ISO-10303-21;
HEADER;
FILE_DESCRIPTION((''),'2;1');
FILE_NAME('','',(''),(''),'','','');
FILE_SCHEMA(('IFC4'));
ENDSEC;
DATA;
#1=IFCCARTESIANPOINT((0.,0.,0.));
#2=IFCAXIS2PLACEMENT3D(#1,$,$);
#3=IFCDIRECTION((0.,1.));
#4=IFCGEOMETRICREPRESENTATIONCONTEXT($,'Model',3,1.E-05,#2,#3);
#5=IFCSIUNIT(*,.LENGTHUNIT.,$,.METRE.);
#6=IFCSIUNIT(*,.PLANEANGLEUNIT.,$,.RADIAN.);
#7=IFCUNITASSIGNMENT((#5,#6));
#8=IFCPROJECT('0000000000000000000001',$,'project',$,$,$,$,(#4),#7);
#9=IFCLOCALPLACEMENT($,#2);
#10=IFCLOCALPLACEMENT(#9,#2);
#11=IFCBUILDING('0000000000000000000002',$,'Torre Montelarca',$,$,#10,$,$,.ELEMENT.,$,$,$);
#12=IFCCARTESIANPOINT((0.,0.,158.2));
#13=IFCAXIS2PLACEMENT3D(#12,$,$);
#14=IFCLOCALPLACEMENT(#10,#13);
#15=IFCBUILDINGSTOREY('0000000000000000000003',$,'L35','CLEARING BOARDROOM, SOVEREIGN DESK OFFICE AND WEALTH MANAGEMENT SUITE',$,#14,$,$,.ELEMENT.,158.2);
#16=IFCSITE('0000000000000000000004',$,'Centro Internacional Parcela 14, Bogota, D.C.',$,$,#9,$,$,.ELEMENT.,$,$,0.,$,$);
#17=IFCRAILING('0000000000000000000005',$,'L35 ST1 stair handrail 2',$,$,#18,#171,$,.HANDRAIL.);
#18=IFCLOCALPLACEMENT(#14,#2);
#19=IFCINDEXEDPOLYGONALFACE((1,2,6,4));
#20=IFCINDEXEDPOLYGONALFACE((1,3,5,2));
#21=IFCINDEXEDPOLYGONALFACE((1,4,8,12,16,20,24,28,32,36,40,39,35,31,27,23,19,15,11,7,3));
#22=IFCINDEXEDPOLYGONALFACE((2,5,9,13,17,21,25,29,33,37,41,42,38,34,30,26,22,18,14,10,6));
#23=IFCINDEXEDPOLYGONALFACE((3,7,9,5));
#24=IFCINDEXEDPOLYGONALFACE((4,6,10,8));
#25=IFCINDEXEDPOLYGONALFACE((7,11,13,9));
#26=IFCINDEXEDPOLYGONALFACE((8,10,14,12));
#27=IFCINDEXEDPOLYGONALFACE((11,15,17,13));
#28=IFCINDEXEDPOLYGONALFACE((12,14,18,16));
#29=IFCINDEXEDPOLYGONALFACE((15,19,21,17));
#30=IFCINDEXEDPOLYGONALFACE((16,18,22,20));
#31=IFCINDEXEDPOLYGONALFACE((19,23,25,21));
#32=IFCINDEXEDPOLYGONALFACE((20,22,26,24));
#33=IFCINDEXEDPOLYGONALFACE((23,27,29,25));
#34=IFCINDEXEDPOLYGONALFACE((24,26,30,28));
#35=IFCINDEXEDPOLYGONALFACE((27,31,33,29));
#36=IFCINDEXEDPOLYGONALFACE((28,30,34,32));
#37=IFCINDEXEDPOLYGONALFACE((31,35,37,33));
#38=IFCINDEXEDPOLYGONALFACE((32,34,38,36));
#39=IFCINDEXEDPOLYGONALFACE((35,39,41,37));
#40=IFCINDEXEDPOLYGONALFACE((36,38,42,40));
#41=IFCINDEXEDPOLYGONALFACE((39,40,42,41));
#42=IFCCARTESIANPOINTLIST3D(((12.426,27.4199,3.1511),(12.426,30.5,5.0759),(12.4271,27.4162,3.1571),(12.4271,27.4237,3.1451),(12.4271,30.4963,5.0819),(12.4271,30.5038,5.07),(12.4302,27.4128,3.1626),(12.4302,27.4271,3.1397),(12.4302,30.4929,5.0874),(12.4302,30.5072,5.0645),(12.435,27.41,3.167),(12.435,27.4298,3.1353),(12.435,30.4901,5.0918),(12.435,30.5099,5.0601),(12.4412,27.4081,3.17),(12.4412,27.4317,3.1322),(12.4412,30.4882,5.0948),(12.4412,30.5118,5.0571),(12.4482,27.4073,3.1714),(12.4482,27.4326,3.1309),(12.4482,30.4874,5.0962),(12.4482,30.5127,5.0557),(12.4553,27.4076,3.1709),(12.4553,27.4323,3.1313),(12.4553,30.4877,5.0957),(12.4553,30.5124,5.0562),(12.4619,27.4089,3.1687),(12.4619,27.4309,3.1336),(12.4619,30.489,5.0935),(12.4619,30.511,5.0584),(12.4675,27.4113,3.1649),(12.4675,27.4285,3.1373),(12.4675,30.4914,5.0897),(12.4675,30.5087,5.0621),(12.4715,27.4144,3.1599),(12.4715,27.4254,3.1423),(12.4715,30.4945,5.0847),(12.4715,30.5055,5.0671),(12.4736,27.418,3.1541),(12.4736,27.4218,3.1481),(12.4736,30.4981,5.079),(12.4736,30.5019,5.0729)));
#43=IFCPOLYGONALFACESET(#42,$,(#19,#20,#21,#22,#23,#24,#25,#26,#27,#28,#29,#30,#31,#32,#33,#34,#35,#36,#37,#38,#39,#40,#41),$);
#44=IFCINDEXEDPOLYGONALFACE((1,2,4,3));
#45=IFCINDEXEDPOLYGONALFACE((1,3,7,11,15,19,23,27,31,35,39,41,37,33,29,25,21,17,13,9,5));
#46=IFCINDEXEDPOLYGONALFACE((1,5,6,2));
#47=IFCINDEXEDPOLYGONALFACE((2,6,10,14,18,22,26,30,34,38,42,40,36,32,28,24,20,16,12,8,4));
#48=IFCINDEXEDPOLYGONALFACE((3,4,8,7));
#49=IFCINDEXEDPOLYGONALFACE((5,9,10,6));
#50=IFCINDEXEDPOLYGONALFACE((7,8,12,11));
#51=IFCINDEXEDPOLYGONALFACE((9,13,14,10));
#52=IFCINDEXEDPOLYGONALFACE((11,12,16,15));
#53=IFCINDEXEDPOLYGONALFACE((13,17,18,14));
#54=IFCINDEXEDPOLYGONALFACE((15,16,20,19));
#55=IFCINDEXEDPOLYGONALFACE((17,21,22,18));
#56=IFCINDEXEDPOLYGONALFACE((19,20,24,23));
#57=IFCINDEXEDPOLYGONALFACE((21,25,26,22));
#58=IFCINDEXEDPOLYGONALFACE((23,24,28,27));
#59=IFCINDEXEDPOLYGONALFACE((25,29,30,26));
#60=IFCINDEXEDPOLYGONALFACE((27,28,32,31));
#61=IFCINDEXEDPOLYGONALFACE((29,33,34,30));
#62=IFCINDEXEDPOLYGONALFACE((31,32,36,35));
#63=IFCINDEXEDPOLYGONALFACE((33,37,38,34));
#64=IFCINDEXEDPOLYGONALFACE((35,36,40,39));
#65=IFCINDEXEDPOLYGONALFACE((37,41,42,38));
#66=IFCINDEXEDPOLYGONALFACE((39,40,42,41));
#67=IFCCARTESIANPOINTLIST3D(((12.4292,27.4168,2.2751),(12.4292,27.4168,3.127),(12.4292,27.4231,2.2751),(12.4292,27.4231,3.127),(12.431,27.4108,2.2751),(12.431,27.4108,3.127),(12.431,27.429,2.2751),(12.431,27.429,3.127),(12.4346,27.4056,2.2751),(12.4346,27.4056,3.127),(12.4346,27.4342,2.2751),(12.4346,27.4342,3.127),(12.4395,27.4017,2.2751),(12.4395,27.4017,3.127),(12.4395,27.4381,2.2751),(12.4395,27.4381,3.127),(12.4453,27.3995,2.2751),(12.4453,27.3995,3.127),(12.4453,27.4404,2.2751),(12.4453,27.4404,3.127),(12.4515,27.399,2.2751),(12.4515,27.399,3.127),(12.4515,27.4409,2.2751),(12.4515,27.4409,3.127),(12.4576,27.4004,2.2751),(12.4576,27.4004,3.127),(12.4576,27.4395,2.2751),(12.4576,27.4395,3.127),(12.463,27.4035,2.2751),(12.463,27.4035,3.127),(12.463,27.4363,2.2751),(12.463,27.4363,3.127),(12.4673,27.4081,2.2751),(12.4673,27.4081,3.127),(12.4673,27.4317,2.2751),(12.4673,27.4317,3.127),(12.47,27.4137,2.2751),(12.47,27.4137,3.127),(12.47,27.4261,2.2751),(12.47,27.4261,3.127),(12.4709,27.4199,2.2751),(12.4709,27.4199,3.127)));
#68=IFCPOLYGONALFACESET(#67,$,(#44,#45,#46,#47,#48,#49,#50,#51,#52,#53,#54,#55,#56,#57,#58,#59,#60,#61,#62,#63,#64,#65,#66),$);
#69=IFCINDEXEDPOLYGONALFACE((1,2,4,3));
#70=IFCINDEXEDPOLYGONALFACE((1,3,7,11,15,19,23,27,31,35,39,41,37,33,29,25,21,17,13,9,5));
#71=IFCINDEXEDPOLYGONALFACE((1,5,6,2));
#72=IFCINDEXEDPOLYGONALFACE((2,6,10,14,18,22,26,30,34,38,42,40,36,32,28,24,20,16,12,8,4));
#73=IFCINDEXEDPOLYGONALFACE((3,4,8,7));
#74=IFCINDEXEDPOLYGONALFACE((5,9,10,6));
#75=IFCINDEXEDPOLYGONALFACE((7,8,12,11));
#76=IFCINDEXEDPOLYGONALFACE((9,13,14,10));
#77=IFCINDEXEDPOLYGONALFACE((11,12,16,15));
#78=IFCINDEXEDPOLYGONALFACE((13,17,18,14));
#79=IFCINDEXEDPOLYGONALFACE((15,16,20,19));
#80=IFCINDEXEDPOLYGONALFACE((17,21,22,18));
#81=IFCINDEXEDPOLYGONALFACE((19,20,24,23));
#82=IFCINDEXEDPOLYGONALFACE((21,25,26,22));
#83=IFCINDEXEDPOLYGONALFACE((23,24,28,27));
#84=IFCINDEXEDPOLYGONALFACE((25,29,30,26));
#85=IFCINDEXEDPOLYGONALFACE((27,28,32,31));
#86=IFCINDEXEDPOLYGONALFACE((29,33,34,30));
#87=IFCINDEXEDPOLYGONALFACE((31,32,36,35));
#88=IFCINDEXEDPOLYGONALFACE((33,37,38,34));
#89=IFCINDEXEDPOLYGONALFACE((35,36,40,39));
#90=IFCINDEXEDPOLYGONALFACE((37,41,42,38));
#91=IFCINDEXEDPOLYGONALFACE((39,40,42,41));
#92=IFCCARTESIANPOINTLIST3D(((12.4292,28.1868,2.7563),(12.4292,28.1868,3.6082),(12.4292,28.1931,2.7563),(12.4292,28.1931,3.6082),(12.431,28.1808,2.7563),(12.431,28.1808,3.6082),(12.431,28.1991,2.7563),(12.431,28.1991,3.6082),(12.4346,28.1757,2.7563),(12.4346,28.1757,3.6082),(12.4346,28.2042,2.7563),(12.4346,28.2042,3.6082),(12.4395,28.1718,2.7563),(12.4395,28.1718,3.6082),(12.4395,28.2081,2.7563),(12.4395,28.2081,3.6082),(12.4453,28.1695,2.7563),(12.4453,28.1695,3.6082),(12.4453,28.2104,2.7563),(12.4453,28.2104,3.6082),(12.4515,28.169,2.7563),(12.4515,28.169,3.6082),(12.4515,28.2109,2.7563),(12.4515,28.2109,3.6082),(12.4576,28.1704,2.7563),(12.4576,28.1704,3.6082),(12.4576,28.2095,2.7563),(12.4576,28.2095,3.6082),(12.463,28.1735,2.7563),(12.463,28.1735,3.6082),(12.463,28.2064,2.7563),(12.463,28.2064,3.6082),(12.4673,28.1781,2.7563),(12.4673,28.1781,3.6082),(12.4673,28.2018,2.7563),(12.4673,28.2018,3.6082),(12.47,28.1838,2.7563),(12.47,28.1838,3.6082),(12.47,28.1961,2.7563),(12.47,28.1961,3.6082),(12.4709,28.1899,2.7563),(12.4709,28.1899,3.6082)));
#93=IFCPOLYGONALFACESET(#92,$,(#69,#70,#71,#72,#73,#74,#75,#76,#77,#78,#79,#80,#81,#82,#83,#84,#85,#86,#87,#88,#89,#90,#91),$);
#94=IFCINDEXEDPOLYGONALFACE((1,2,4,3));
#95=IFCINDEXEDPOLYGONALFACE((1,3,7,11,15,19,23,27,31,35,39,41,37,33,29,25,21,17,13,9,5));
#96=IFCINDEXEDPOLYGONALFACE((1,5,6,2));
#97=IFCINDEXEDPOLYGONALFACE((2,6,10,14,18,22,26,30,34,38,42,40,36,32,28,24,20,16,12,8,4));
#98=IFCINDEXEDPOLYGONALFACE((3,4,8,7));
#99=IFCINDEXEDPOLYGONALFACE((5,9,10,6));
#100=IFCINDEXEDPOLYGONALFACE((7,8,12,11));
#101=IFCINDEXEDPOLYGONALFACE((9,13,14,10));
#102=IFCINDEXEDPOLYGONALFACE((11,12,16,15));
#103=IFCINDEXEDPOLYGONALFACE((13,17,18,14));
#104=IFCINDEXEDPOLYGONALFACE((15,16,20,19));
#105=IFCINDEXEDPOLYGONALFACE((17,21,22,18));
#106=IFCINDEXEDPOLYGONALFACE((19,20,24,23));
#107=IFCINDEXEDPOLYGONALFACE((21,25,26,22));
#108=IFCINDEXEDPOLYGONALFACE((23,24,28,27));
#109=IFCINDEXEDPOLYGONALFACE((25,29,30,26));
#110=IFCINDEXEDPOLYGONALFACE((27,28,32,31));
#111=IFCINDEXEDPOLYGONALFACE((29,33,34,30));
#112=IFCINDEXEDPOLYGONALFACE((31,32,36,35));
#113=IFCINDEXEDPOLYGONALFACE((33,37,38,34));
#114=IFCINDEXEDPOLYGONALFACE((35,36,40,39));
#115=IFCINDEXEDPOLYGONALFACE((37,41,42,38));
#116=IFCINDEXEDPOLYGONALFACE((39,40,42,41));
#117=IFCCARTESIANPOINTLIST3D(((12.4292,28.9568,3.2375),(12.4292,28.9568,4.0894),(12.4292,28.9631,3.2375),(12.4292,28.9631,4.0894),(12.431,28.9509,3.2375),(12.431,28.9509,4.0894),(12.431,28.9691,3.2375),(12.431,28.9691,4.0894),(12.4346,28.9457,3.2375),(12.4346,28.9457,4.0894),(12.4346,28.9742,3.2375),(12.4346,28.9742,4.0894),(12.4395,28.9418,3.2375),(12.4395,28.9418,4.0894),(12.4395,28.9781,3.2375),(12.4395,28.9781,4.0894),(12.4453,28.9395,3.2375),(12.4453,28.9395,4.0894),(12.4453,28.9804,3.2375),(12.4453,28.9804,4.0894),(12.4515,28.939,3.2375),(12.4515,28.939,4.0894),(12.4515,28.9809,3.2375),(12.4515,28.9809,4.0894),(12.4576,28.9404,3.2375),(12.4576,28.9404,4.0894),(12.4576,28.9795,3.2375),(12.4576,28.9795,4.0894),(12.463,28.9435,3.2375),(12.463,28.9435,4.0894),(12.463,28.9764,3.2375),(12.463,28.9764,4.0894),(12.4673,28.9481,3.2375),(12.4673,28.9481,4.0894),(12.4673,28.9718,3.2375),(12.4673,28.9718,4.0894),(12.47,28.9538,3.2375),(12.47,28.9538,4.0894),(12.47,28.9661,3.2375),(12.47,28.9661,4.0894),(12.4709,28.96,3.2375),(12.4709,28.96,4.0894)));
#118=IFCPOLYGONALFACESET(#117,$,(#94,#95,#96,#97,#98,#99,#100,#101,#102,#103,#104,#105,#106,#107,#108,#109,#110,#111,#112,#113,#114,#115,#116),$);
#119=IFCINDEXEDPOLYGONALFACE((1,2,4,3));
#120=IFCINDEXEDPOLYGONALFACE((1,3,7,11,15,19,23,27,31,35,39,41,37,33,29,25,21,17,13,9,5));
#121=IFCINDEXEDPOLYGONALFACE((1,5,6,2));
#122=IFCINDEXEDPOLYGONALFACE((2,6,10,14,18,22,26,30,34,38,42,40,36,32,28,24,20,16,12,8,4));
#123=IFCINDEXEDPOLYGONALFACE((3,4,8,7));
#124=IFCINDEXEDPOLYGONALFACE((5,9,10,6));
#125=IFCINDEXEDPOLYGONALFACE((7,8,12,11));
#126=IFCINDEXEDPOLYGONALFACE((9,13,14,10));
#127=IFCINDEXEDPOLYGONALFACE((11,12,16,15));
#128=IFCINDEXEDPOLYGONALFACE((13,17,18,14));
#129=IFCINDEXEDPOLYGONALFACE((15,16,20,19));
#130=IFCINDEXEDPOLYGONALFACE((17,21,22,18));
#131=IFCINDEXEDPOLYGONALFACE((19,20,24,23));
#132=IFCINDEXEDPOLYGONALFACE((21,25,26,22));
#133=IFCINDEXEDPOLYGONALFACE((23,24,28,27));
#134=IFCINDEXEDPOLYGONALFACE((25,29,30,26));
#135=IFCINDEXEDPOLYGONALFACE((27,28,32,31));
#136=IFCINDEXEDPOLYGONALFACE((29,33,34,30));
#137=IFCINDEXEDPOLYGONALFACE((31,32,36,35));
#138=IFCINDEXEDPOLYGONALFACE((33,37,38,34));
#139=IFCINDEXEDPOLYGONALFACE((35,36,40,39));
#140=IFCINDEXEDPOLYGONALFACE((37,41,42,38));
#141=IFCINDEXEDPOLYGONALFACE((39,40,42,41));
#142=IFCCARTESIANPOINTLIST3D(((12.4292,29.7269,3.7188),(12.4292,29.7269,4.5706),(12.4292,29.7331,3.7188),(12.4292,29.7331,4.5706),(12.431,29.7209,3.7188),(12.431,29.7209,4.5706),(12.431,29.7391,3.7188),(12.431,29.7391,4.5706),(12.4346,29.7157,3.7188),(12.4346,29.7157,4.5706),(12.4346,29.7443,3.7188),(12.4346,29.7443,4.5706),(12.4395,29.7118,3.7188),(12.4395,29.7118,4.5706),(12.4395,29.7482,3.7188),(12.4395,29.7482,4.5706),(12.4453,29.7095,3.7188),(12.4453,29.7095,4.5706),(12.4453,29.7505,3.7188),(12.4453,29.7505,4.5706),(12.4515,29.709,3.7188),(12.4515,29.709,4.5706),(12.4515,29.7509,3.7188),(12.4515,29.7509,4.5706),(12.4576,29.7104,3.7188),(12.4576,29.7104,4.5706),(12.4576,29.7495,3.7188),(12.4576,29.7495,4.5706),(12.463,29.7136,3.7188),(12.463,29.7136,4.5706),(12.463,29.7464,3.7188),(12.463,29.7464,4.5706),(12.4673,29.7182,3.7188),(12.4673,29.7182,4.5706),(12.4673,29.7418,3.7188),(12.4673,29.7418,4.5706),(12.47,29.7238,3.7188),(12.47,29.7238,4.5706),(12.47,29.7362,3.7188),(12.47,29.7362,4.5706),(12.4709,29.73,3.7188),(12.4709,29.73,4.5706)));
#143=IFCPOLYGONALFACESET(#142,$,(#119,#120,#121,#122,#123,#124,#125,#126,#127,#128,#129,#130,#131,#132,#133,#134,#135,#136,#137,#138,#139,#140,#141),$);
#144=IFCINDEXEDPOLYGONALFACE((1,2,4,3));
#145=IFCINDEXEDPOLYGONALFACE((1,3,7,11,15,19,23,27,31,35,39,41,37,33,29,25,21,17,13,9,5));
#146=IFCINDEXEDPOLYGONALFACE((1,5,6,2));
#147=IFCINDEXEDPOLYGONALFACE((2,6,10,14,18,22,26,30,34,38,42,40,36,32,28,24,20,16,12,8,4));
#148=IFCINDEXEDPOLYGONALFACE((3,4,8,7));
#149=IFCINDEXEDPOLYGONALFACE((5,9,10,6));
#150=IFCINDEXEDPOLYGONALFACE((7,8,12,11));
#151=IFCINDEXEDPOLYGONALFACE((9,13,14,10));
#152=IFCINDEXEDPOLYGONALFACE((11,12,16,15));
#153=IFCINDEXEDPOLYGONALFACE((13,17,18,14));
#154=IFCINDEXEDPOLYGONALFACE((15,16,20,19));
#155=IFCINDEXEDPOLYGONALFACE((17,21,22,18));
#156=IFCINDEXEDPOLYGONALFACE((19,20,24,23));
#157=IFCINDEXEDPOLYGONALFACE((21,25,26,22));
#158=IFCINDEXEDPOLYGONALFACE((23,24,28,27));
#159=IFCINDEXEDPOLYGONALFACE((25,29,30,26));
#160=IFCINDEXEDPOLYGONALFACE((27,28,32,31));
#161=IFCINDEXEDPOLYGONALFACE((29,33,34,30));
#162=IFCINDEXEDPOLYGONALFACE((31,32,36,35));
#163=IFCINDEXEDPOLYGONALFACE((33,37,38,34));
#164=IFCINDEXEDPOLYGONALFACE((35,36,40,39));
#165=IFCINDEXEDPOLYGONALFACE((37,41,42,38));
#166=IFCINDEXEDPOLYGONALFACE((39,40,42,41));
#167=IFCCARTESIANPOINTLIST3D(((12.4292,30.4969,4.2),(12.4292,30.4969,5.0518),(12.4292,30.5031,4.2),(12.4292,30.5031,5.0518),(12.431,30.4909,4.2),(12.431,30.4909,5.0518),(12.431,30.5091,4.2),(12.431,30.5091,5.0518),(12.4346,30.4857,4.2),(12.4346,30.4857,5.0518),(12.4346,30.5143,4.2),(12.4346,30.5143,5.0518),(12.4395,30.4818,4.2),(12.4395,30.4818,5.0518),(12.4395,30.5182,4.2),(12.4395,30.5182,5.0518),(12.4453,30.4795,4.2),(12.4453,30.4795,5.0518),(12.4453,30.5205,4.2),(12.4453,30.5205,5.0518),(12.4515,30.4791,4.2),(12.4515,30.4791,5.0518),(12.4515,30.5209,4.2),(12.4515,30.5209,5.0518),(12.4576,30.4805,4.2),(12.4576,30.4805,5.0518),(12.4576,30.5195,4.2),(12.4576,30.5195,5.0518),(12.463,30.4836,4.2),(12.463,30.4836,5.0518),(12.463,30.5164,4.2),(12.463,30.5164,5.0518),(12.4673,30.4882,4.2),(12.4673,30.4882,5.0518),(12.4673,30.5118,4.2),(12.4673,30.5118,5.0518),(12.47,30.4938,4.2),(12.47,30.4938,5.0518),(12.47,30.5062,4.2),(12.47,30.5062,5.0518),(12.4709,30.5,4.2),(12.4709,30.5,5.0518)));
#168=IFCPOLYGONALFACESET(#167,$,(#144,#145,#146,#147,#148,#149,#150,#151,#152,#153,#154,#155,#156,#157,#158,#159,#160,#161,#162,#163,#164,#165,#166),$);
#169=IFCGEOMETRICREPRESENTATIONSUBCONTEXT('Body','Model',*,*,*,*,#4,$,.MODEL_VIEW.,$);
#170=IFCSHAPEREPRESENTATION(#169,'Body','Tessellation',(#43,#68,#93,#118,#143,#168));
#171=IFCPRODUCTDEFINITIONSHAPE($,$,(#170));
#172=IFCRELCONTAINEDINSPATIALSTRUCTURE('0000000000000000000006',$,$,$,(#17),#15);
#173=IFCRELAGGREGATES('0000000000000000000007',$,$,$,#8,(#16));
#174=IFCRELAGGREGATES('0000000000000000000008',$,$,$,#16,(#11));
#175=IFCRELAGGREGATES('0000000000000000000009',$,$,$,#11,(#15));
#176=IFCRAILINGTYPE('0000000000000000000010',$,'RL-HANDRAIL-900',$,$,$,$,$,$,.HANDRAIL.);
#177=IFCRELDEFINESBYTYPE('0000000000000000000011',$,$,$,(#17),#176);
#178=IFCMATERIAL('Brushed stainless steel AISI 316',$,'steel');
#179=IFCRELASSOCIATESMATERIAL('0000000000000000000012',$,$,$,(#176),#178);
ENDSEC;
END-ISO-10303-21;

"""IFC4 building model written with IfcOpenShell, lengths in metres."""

from ifc_helpers import new_model, si_unit, direction, frame, origin, origin_2d, place, context, subcontext, project, spatial, circle, extrude, material, type_object, element, save


model = new_model("IFC4")

# Units and contexts
model_context = context("Model", 3, precision=1e-05, world=origin(), true_north=direction((0.0, 1.0)))
body_context = subcontext(model_context, "Body", "Model", "MODEL_VIEW")
ifc_project = project(units=[si_unit("LENGTHUNIT", "METRE"), si_unit("PLANEANGLEUNIT", "RADIAN")], contexts=[model_context])

# Site, building, storey
site_placement = place(None, origin())
site = spatial("IfcSite", under=ifc_project, at=site_placement, Name="Centro Internacional Parcela 14, Bogota, D.C.", CompositionType="ELEMENT", RefElevation=0.0)
building_placement = place(site_placement, origin())
building = spatial("IfcBuilding", under=site, at=building_placement, Name="Torre Montelarca", CompositionType="ELEMENT")
storey_placement = place(building_placement, frame((0.0, 0.0, 158.2)))
storey = spatial("IfcBuildingStorey", under=building, at=storey_placement, Name="L35", Description="CLEARING BOARDROOM, SOVEREIGN DESK OFFICE AND WEALTH MANAGEMENT SUITE", CompositionType="ELEMENT", Elevation=158.2)

# Railing
ifc_material_1 = material(Name="Brushed stainless steel AISI 316", Category="steel")
railing_type_1 = type_object("IfcRailingType", Name="RL-HANDRAIL-900", PredefinedType="HANDRAIL", material=ifc_material_1)
railing_1_placement = place(storey_placement, frame((12.45, 27.4199, 2.2751)))
element("IfcRailing", 1, at=railing_1_placement, inside=storey, type_object=railing_type_1, Name="L35 ST1 stair handrail 2", PredefinedType="HANDRAIL", context=body_context, shape_type="SweptSolid", body=[
    extrude(circle(Radius=0.0239, at=origin_2d()), frame((0.0, 0.0, 0.876), z_axis=(0.0, 0.848029, 0.529951), x_axis=(-1.0, 0.0, 0.0)), (0.0, 0.0, 1.0), 3.6321),
    extrude(circle(Radius=0.021, at=origin_2d()), origin(), (0.0, 0.0, 1.0), 0.8518),
    extrude(circle(Radius=0.021, at=origin_2d()), frame((0.0, 0.77, 0.4812)), (0.0, 0.0, 1.0), 0.8518),
    extrude(circle(Radius=0.021, at=origin_2d()), frame((0.0, 1.54, 0.9624)), (0.0, 0.0, 1.0), 0.8518),
    extrude(circle(Radius=0.021, at=origin_2d()), frame((0.0, 2.3101, 1.4436)), (0.0, 0.0, 1.0), 0.8518),
    extrude(circle(Radius=0.021, at=origin_2d()), frame((0.0, 3.0801, 1.9248)), (0.0, 0.0, 1.0), 0.8518),
])

save(model, "model.ifc")
